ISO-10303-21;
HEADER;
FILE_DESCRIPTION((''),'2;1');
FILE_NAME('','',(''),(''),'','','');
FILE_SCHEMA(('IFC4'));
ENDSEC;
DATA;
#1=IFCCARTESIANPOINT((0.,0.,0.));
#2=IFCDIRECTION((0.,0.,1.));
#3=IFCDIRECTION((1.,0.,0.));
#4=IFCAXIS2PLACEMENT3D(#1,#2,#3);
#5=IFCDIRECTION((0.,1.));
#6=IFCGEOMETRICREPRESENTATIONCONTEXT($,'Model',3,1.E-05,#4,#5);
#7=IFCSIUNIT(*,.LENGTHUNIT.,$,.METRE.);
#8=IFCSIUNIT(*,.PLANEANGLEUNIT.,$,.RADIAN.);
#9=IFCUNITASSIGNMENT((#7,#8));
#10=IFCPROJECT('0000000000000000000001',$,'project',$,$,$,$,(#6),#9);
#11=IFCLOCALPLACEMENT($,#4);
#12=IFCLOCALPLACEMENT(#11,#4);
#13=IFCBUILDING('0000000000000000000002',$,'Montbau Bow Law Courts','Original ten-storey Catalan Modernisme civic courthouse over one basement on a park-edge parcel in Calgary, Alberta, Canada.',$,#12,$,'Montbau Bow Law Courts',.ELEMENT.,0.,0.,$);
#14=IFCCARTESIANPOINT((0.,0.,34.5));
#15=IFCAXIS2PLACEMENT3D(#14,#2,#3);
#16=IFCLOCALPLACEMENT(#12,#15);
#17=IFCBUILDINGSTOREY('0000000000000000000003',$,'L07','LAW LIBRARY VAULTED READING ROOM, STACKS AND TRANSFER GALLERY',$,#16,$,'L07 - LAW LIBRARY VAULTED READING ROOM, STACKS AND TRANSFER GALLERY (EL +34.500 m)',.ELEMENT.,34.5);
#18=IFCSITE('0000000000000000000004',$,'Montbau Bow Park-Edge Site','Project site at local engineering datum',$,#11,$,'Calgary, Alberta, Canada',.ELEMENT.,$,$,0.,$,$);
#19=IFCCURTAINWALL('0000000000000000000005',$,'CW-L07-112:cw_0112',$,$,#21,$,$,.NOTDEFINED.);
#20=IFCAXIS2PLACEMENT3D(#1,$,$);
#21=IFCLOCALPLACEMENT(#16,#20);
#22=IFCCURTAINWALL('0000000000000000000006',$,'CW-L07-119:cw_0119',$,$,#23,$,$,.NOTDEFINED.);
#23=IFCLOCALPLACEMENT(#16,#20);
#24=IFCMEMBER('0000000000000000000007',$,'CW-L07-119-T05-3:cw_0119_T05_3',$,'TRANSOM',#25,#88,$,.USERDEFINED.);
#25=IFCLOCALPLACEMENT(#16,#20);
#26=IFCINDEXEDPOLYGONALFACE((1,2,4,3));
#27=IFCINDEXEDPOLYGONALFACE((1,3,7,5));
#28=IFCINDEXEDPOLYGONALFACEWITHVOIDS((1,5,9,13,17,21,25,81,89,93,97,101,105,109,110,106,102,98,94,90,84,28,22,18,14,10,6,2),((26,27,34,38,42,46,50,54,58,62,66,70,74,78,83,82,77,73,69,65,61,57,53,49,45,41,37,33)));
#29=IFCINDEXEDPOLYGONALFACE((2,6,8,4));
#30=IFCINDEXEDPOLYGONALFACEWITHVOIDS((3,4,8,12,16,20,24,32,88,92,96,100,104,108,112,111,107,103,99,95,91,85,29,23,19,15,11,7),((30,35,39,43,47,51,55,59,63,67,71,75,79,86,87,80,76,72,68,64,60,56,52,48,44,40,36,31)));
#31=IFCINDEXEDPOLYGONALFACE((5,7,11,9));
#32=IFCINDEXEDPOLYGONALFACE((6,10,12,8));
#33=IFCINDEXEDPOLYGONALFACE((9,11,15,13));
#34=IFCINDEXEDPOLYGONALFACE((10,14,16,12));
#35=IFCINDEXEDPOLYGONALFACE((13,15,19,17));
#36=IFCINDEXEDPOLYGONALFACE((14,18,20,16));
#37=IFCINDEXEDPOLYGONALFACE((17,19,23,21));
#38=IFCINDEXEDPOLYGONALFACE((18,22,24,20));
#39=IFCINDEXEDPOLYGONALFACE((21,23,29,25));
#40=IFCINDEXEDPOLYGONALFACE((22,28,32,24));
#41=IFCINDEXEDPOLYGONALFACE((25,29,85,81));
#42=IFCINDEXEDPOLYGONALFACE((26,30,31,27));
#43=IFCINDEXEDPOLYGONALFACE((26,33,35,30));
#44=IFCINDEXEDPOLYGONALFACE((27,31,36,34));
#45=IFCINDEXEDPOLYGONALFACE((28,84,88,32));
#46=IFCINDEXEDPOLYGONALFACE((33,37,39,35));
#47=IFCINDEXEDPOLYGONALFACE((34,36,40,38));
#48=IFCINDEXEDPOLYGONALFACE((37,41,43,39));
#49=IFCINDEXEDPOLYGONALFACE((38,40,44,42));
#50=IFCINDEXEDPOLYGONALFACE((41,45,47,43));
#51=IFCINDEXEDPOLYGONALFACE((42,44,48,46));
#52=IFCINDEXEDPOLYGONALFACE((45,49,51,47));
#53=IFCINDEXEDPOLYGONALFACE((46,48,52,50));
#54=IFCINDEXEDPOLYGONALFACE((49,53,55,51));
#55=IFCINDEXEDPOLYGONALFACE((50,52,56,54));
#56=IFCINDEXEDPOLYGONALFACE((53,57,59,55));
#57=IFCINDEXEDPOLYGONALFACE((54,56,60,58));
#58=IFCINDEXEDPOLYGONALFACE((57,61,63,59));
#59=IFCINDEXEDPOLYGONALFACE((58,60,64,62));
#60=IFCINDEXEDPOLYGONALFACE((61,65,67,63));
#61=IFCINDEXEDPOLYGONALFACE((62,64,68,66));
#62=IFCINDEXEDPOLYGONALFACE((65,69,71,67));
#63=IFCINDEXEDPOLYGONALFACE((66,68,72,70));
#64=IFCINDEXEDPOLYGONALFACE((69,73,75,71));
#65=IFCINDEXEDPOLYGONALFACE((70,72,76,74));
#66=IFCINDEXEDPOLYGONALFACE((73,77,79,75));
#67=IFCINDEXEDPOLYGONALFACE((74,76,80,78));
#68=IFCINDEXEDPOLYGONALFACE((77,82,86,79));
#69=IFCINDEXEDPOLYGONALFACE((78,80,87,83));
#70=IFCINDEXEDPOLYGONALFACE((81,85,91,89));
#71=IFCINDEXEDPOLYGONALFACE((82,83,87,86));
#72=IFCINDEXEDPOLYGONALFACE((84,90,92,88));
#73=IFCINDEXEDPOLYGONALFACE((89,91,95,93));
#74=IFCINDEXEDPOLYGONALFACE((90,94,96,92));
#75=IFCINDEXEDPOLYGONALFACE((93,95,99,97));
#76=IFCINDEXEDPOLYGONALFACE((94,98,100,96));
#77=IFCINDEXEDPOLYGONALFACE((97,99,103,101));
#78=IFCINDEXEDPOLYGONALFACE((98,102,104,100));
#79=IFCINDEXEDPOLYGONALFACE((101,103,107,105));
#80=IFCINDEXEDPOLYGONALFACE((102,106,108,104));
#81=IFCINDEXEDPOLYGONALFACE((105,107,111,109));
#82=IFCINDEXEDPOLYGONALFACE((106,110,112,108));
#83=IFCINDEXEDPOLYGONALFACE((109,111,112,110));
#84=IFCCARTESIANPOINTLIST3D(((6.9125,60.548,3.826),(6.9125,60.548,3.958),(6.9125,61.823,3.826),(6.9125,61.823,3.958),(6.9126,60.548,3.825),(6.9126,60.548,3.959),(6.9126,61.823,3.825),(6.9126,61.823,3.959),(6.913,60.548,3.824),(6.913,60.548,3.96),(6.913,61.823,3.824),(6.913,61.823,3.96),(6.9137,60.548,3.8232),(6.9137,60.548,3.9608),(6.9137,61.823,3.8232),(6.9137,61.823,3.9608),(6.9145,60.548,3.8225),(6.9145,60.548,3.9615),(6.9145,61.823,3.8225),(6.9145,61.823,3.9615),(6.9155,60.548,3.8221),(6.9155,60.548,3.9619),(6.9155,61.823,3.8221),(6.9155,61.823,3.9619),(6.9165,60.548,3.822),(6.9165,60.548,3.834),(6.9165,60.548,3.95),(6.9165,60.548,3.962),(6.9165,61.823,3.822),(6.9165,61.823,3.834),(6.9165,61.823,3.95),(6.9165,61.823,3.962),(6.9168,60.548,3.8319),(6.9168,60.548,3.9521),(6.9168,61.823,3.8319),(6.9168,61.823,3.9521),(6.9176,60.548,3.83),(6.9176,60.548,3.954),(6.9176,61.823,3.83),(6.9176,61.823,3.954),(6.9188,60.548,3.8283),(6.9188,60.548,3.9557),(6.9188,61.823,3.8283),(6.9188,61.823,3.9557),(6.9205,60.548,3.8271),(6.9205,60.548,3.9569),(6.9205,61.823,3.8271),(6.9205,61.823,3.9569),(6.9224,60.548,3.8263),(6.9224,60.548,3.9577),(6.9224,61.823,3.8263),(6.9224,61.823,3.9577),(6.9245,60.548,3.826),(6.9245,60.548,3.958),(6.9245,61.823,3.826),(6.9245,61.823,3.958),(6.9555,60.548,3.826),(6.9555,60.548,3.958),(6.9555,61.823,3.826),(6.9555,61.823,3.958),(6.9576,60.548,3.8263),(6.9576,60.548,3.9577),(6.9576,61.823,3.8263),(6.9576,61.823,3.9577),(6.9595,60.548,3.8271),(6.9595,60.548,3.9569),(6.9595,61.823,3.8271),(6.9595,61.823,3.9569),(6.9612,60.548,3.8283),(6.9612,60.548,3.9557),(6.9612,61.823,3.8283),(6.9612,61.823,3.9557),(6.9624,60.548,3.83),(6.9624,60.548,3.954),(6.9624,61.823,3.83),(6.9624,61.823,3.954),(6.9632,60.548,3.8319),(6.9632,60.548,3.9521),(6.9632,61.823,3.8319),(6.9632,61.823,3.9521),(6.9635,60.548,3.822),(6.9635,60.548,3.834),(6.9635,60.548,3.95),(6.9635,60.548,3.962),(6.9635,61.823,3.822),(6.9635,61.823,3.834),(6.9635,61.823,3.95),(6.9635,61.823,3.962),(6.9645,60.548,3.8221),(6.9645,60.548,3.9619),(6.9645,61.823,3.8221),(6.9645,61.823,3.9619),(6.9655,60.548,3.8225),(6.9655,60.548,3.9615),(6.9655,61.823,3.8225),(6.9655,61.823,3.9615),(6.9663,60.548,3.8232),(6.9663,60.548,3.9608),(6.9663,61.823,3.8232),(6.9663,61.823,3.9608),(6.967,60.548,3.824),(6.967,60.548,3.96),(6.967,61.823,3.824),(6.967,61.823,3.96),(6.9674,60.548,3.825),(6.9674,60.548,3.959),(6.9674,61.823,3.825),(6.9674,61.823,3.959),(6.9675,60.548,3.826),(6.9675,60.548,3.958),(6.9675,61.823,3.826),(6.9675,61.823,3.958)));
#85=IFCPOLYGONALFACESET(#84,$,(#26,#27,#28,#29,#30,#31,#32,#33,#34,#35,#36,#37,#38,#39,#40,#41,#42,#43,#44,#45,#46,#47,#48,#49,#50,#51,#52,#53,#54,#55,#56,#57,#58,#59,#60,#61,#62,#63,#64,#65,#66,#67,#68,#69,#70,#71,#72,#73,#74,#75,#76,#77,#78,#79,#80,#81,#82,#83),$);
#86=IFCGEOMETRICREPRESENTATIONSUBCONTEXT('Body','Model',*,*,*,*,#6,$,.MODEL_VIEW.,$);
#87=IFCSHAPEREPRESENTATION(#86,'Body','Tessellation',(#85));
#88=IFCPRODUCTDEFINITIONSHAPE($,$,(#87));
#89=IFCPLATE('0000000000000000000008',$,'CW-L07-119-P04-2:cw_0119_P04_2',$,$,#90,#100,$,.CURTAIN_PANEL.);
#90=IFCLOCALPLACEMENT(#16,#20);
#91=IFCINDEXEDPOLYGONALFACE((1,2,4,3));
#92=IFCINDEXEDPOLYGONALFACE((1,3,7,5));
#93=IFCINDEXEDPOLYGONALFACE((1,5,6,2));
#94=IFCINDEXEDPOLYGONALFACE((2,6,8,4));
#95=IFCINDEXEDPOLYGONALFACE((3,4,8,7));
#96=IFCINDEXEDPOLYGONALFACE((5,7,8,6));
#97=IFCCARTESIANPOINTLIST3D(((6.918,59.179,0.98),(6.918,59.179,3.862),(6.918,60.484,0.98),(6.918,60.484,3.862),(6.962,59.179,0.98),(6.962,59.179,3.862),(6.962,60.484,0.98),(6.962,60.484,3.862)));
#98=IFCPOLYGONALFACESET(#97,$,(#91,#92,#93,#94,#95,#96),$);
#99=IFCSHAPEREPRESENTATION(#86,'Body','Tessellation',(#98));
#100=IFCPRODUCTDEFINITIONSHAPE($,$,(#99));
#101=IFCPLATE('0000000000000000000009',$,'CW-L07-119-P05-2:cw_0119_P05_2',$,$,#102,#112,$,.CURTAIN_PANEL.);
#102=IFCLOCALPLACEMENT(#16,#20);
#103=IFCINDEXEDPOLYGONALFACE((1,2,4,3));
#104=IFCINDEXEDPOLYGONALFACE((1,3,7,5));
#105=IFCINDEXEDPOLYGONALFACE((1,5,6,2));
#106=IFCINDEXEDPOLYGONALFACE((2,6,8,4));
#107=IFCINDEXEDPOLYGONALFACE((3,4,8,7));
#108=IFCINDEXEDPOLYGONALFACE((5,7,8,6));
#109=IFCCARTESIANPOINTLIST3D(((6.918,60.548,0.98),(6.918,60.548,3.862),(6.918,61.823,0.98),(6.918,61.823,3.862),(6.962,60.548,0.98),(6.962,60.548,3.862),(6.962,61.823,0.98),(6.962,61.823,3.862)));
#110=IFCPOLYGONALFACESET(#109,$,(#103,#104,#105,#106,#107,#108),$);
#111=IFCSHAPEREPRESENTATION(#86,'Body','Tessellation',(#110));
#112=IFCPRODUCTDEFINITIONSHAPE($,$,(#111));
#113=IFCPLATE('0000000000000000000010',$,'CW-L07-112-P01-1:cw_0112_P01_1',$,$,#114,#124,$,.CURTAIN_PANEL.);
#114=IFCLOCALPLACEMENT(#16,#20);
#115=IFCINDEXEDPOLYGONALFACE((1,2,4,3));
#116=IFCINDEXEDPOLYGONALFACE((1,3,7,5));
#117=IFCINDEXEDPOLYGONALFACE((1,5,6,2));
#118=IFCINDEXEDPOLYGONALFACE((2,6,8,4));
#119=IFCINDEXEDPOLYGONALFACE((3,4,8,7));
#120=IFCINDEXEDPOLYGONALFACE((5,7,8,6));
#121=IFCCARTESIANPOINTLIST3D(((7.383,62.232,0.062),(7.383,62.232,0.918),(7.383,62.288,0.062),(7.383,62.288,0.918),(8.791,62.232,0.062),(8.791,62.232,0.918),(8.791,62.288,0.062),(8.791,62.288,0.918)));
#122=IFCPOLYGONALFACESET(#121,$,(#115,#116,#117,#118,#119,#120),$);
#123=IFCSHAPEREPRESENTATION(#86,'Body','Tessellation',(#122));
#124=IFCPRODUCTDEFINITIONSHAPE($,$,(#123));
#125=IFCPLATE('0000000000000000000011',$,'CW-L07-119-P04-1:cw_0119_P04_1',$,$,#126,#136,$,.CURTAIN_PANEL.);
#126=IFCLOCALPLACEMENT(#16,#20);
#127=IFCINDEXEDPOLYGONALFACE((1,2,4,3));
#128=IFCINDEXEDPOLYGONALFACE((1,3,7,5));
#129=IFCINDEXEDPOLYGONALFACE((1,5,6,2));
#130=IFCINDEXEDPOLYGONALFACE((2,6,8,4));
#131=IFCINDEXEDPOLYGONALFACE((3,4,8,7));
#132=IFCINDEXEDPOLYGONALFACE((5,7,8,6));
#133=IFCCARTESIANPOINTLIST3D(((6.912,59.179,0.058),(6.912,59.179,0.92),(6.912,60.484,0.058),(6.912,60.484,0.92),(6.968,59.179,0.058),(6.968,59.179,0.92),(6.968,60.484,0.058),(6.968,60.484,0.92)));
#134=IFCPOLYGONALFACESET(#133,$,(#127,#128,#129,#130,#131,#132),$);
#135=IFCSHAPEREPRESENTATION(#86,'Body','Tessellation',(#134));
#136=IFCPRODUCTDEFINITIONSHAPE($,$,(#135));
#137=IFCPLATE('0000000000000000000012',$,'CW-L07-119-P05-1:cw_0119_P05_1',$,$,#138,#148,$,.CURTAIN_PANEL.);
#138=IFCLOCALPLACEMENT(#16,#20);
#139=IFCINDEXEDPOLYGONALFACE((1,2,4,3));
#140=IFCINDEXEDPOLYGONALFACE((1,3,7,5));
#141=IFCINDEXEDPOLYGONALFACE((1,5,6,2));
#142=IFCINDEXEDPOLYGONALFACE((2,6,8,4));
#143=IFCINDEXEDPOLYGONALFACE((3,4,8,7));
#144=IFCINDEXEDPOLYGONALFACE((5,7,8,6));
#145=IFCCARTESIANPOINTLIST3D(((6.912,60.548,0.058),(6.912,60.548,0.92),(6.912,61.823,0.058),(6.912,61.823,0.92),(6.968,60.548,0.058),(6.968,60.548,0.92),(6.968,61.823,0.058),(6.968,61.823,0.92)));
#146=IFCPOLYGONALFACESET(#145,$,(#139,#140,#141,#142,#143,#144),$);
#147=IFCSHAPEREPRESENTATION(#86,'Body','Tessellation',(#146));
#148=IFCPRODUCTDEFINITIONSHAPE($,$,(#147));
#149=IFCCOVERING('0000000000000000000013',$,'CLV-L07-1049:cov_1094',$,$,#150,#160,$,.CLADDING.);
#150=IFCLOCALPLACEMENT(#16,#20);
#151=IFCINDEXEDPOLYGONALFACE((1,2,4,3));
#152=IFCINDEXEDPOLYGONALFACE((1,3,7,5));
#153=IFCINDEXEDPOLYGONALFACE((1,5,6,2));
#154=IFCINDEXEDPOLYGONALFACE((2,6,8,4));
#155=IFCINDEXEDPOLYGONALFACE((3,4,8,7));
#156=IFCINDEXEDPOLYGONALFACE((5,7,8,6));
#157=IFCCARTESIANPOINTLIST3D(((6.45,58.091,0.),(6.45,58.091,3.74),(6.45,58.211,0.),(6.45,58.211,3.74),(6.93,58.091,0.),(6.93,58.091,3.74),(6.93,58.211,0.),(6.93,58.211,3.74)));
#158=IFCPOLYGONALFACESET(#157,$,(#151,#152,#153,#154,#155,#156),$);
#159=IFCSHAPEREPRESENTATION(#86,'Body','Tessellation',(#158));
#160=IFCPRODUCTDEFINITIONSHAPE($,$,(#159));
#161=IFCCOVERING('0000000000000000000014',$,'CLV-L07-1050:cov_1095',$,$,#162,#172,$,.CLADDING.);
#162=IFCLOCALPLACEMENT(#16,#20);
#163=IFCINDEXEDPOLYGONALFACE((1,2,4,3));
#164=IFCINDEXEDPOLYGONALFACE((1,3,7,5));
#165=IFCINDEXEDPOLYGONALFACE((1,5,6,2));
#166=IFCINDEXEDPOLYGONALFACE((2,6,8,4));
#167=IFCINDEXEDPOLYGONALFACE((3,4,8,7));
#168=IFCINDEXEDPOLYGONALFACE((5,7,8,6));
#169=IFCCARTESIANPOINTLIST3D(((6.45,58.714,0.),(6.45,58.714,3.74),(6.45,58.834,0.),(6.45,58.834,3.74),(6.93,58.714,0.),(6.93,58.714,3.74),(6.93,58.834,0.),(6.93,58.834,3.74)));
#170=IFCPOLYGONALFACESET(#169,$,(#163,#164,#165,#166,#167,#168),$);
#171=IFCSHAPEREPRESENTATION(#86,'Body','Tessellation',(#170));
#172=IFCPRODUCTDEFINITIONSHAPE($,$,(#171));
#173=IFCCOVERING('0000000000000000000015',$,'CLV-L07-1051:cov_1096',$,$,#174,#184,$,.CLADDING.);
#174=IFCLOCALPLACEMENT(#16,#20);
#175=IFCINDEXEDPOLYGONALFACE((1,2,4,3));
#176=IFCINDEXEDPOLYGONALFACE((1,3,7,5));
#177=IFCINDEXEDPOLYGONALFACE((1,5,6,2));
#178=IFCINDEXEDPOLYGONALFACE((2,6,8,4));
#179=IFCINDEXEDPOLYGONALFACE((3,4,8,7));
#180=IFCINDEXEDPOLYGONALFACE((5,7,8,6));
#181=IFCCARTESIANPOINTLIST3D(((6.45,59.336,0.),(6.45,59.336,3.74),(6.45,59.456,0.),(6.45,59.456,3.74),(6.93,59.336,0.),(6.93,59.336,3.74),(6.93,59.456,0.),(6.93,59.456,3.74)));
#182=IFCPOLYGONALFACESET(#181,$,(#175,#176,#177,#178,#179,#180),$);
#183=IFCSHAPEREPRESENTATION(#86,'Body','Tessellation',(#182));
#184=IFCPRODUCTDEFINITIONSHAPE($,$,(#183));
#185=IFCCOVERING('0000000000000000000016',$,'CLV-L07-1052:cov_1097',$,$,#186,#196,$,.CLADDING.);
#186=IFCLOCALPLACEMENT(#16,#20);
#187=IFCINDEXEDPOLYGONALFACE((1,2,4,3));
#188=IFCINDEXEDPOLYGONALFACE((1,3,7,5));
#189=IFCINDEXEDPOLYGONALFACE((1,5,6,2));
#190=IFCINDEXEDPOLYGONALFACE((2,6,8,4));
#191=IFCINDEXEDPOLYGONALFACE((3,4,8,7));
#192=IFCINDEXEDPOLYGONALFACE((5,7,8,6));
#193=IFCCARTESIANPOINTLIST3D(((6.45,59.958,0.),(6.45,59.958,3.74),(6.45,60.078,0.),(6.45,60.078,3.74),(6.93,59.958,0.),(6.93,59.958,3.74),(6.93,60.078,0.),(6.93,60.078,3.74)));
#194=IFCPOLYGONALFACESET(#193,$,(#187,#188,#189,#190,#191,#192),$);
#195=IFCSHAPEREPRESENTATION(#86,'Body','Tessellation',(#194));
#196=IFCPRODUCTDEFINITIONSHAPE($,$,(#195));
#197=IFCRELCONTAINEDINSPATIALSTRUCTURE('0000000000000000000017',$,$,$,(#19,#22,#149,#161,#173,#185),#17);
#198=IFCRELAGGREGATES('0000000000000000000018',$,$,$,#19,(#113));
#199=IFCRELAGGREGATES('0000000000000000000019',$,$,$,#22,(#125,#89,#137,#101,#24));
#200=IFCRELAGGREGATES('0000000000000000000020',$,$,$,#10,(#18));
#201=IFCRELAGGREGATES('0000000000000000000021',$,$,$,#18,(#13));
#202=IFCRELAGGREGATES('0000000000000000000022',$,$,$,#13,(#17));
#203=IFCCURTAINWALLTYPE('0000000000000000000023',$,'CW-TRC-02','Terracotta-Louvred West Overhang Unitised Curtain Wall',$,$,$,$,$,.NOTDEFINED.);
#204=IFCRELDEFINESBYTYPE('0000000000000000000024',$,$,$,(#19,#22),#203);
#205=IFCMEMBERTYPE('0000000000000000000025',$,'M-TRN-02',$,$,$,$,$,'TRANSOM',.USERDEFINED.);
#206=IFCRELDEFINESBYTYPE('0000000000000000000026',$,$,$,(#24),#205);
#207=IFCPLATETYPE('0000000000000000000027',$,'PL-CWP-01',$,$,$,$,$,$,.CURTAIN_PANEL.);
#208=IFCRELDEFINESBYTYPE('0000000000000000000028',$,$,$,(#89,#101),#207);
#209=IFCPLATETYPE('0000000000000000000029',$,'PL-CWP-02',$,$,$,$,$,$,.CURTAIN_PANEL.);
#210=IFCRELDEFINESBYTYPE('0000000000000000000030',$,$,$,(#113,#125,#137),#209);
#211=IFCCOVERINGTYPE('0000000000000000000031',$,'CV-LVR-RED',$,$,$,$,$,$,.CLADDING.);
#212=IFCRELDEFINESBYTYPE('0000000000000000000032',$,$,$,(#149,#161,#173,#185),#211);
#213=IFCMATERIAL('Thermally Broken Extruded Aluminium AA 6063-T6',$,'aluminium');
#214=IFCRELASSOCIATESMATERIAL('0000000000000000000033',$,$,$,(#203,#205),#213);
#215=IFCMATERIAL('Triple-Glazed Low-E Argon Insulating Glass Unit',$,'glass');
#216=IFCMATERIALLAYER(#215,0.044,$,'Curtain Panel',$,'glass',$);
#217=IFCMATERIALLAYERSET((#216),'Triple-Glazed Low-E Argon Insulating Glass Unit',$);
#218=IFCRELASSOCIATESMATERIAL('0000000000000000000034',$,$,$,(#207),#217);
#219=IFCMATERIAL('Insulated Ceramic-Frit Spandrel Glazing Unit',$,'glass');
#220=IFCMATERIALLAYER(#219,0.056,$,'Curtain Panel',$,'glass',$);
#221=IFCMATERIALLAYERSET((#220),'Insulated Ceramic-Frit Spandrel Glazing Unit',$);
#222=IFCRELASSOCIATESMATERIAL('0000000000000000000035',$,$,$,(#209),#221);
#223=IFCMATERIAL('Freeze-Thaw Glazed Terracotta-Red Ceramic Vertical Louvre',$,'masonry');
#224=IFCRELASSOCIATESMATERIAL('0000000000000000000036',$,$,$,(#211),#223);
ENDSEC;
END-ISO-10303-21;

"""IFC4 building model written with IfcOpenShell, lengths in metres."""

from ifc_helpers import new_model, si_unit, direction, frame, frame_2d, origin_with_axes, origin_2d_with_axis, place, context, subcontext, project, spatial, rectangle, hollow_rectangle, extrude, material, layer, layer_set, material_profile, profile_set, type_object, element, aggregate, save


model = new_model("IFC4")

# Units and contexts
model_context = context("Model", 3, precision=1e-05, world=origin_with_axes(), true_north=direction((0.0, 1.0)))
body_context = subcontext(model_context, "Body", "Model", "MODEL_VIEW")
ifc_project = project(units=[si_unit("LENGTHUNIT", "METRE"), si_unit("PLANEANGLEUNIT", "RADIAN")], contexts=[model_context])

# Site, building, storey
site_placement = place(None, origin_with_axes())
site = spatial("IfcSite", under=ifc_project, at=site_placement, Name="Montbau Bow Park-Edge Site", Description="Project site at local engineering datum", LongName="Calgary, Alberta, Canada", CompositionType="ELEMENT", RefElevation=0.0)
building_placement = place(site_placement, origin_with_axes())
building = spatial("IfcBuilding", under=site, at=building_placement, Name="Montbau Bow Law Courts", Description="Original ten-storey Catalan Modernisme civic courthouse over one basement on a park-edge parcel in Calgary, Alberta, Canada.", LongName="Montbau Bow Law Courts", CompositionType="ELEMENT", ElevationOfRefHeight=0.0, ElevationOfTerrain=0.0)
storey_placement = place(building_placement, frame((0.0, 0.0, 34.5), z_axis=(0.0, 0.0, 1.0), x_axis=(1.0, 0.0, 0.0)))
storey = spatial("IfcBuildingStorey", under=building, at=storey_placement, Name="L07", Description="LAW LIBRARY VAULTED READING ROOM, STACKS AND TRANSFER GALLERY", LongName="L07 - LAW LIBRARY VAULTED READING ROOM, STACKS AND TRANSFER GALLERY (EL +34.500 m)", CompositionType="ELEMENT", Elevation=34.5)

# Curtain wall
ifc_material_1 = material(Name="Thermally Broken Extruded Aluminium AA 6063-T6", Category="aluminium")
curtain_wall_type = type_object("IfcCurtainWallType", Name="CW-TRC-02", Description="Terracotta-Louvred West Overhang Unitised Curtain Wall", PredefinedType="NOTDEFINED", material=ifc_material_1)
curtain_wall_1_placement = place(None, frame((7.315, 62.26, 34.5), z_axis=(0.0, 0.0, 1.0), x_axis=(1.0, 0.0, 0.0)))
curtain_wall_1 = element("IfcCurtainWall", 1, at=curtain_wall_1_placement, inside=storey, type_object=curtain_wall_type, Name="CW-L07-112:cw_0112", PredefinedType="NOTDEFINED")

# Curtain wall, member, plates
curtain_wall_2_placement = place(None, frame((6.94, 55.04, 34.5), z_axis=(0.0, 0.0, 1.0), x_axis=(1.0, 0.0, 0.0)))
curtain_wall_2 = element("IfcCurtainWall", 2, at=curtain_wall_2_placement, inside=storey, type_object=curtain_wall_type, Name="CW-L07-119:cw_0119", PredefinedType="NOTDEFINED")
ifc_material_profile_1 = material_profile(ifc_material_1, hollow_rectangle(XDim=0.055, YDim=0.14, WallThickness=0.004, InnerFilletRadius=0.008, OuterFilletRadius=0.004, at=origin_2d_with_axis()), Name="CWT-140X55", Category="Main", Priority=0)
ifc_profile_set_1 = profile_set([ifc_material_profile_1], Name="Thermally Broken Extruded Aluminium AA 6063-T6")
member_type_1 = type_object("IfcMemberType", Name="M-TRN-02", ElementType="TRANSOM", PredefinedType="USERDEFINED", material=ifc_profile_set_1)
member_1_placement = place(None, frame((6.94, 60.548, 38.392), z_axis=(0.0, 1.0, 0.0), x_axis=(-1.0, 0.0, 0.0)))
member_1 = element("IfcMember", 3, at=member_1_placement, type_object=member_type_1, Name="CW-L07-119-T05-3:cw_0119_T05_3", ObjectType="TRANSOM", PredefinedType="USERDEFINED", context=body_context, shape_type="SweptSolid", body=[
    extrude(hollow_rectangle(XDim=0.055, YDim=0.14, WallThickness=0.004, InnerFilletRadius=0.008, OuterFilletRadius=0.004, at=origin_2d_with_axis()), origin_with_axes(), (0.0, 0.0, 1.0), 1.275),
])
ifc_material_2 = material(Name="Triple-Glazed Low-E Argon Insulating Glass Unit", Category="glass")
ifc_layer_1 = layer(ifc_material_2, 0.044, Name="Curtain Panel", Category="glass")
ifc_layer_set_1 = layer_set([ifc_layer_1], Name="Triple-Glazed Low-E Argon Insulating Glass Unit")
plate_type_1 = type_object("IfcPlateType", Name="PL-CWP-01", PredefinedType="CURTAIN_PANEL", material=ifc_layer_set_1)
plate_1_placement = place(None, frame((6.94, 59.179, 35.48), z_axis=(1.0, 0.0, 0.0), x_axis=(0.0, 1.0, 0.0)))
plate_1 = element("IfcPlate", 4, at=plate_1_placement, type_object=plate_type_1, Name="CW-L07-119-P04-2:cw_0119_P04_2", PredefinedType="CURTAIN_PANEL", context=body_context, shape_type="SweptSolid", body=[
    extrude(rectangle(XDim=1.305, YDim=2.882, at=frame_2d((0.6525, 1.441), x_axis=(1.0, 0.0))), frame((0.0, 0.0, -0.022), z_axis=(0.0, 0.0, 1.0), x_axis=(1.0, 0.0, 0.0)), (0.0, 0.0, 1.0), 0.044),
])
plate_2_placement = place(None, frame((6.94, 60.548, 35.48), z_axis=(1.0, 0.0, 0.0), x_axis=(0.0, 1.0, 0.0)))
plate_2 = element("IfcPlate", 5, at=plate_2_placement, type_object=plate_type_1, Name="CW-L07-119-P05-2:cw_0119_P05_2", PredefinedType="CURTAIN_PANEL", context=body_context, shape_type="SweptSolid", body=[
    extrude(rectangle(XDim=1.275, YDim=2.882, at=frame_2d((0.6375, 1.441), x_axis=(1.0, 0.0))), frame((0.0, 0.0, -0.022), z_axis=(0.0, 0.0, 1.0), x_axis=(1.0, 0.0, 0.0)), (0.0, 0.0, 1.0), 0.044),
])

# Plates
ifc_material_3 = material(Name="Insulated Ceramic-Frit Spandrel Glazing Unit", Category="glass")
ifc_layer_2 = layer(ifc_material_3, 0.056, Name="Curtain Panel", Category="glass")
ifc_layer_set_2 = layer_set([ifc_layer_2], Name="Insulated Ceramic-Frit Spandrel Glazing Unit")
plate_type_2 = type_object("IfcPlateType", Name="PL-CWP-02", PredefinedType="CURTAIN_PANEL", material=ifc_layer_set_2)
plate_3_placement = place(None, frame((7.383, 62.26, 34.562), z_axis=(0.0, -1.0, 0.0), x_axis=(1.0, 0.0, 0.0)))
plate_3 = element("IfcPlate", 6, at=plate_3_placement, type_object=plate_type_2, Name="CW-L07-112-P01-1:cw_0112_P01_1", PredefinedType="CURTAIN_PANEL", context=body_context, shape_type="SweptSolid", body=[
    extrude(rectangle(XDim=1.408, YDim=0.856, at=frame_2d((0.704, 0.428), x_axis=(1.0, 0.0))), frame((0.0, 0.0, -0.028), z_axis=(0.0, 0.0, 1.0), x_axis=(1.0, 0.0, 0.0)), (0.0, 0.0, 1.0), 0.056),
])
aggregate(curtain_wall_1, [plate_3])
plate_4_placement = place(None, frame((6.94, 59.179, 34.558), z_axis=(1.0, 0.0, 0.0), x_axis=(0.0, 1.0, 0.0)))
plate_4 = element("IfcPlate", 7, at=plate_4_placement, type_object=plate_type_2, Name="CW-L07-119-P04-1:cw_0119_P04_1", PredefinedType="CURTAIN_PANEL", context=body_context, shape_type="SweptSolid", body=[
    extrude(rectangle(XDim=1.305, YDim=0.862, at=frame_2d((0.6525, 0.431), x_axis=(1.0, 0.0))), frame((0.0, 0.0, -0.028), z_axis=(0.0, 0.0, 1.0), x_axis=(1.0, 0.0, 0.0)), (0.0, 0.0, 1.0), 0.056),
])
plate_5_placement = place(None, frame((6.94, 60.548, 34.558), z_axis=(1.0, 0.0, 0.0), x_axis=(0.0, 1.0, 0.0)))
plate_5 = element("IfcPlate", 8, at=plate_5_placement, type_object=plate_type_2, Name="CW-L07-119-P05-1:cw_0119_P05_1", PredefinedType="CURTAIN_PANEL", context=body_context, shape_type="SweptSolid", body=[
    extrude(rectangle(XDim=1.275, YDim=0.862, at=frame_2d((0.6375, 0.431), x_axis=(1.0, 0.0))), frame((0.0, 0.0, -0.028), z_axis=(0.0, 0.0, 1.0), x_axis=(1.0, 0.0, 0.0)), (0.0, 0.0, 1.0), 0.056),
])
aggregate(curtain_wall_2, [plate_4, plate_1, plate_5, plate_2, member_1])

# Coverings
ifc_material_4 = material(Name="Freeze-Thaw Glazed Terracotta-Red Ceramic Vertical Louvre", Category="masonry")
covering_type = type_object("IfcCoveringType", Name="CV-LVR-RED", PredefinedType="CLADDING", material=ifc_material_4)
for number, where, z_axis, x_axis, name in (
    (9, (6.93, 58.151, 34.5), (0.0, 1.0, 0.0), (-1.0, 0.0, 0.0), "CLV-L07-1049:cov_1094"),
    (10, (6.93, 58.774, 34.5), (0.0, 1.0, 0.0), (-1.0, 0.0, 0.0), "CLV-L07-1050:cov_1095"),
    (11, (6.93, 59.396, 34.5), (0.0, 1.0, 0.0), (-1.0, 0.0, 0.0), "CLV-L07-1051:cov_1096"),
    (12, (6.93, 60.018, 34.5), (0.0, 1.0, 0.0), (-1.0, 0.0, 0.0), "CLV-L07-1052:cov_1097"),
):
    element("IfcCovering", number, at=place(None, frame(where, z_axis=z_axis, x_axis=x_axis)), inside=storey, type_object=covering_type, Name=name, PredefinedType="CLADDING", context=body_context, shape_type="SweptSolid", body=[
        extrude(rectangle(XDim=0.48, YDim=3.74, at=frame_2d((0.24, 1.87), x_axis=(1.0, 0.0))), frame((0.0, 0.0, -0.06), z_axis=(0.0, 0.0, 1.0), x_axis=(1.0, 0.0, 0.0)), (0.0, 0.0, 1.0), 0.12),
    ])

save(model, "model.ifc")
